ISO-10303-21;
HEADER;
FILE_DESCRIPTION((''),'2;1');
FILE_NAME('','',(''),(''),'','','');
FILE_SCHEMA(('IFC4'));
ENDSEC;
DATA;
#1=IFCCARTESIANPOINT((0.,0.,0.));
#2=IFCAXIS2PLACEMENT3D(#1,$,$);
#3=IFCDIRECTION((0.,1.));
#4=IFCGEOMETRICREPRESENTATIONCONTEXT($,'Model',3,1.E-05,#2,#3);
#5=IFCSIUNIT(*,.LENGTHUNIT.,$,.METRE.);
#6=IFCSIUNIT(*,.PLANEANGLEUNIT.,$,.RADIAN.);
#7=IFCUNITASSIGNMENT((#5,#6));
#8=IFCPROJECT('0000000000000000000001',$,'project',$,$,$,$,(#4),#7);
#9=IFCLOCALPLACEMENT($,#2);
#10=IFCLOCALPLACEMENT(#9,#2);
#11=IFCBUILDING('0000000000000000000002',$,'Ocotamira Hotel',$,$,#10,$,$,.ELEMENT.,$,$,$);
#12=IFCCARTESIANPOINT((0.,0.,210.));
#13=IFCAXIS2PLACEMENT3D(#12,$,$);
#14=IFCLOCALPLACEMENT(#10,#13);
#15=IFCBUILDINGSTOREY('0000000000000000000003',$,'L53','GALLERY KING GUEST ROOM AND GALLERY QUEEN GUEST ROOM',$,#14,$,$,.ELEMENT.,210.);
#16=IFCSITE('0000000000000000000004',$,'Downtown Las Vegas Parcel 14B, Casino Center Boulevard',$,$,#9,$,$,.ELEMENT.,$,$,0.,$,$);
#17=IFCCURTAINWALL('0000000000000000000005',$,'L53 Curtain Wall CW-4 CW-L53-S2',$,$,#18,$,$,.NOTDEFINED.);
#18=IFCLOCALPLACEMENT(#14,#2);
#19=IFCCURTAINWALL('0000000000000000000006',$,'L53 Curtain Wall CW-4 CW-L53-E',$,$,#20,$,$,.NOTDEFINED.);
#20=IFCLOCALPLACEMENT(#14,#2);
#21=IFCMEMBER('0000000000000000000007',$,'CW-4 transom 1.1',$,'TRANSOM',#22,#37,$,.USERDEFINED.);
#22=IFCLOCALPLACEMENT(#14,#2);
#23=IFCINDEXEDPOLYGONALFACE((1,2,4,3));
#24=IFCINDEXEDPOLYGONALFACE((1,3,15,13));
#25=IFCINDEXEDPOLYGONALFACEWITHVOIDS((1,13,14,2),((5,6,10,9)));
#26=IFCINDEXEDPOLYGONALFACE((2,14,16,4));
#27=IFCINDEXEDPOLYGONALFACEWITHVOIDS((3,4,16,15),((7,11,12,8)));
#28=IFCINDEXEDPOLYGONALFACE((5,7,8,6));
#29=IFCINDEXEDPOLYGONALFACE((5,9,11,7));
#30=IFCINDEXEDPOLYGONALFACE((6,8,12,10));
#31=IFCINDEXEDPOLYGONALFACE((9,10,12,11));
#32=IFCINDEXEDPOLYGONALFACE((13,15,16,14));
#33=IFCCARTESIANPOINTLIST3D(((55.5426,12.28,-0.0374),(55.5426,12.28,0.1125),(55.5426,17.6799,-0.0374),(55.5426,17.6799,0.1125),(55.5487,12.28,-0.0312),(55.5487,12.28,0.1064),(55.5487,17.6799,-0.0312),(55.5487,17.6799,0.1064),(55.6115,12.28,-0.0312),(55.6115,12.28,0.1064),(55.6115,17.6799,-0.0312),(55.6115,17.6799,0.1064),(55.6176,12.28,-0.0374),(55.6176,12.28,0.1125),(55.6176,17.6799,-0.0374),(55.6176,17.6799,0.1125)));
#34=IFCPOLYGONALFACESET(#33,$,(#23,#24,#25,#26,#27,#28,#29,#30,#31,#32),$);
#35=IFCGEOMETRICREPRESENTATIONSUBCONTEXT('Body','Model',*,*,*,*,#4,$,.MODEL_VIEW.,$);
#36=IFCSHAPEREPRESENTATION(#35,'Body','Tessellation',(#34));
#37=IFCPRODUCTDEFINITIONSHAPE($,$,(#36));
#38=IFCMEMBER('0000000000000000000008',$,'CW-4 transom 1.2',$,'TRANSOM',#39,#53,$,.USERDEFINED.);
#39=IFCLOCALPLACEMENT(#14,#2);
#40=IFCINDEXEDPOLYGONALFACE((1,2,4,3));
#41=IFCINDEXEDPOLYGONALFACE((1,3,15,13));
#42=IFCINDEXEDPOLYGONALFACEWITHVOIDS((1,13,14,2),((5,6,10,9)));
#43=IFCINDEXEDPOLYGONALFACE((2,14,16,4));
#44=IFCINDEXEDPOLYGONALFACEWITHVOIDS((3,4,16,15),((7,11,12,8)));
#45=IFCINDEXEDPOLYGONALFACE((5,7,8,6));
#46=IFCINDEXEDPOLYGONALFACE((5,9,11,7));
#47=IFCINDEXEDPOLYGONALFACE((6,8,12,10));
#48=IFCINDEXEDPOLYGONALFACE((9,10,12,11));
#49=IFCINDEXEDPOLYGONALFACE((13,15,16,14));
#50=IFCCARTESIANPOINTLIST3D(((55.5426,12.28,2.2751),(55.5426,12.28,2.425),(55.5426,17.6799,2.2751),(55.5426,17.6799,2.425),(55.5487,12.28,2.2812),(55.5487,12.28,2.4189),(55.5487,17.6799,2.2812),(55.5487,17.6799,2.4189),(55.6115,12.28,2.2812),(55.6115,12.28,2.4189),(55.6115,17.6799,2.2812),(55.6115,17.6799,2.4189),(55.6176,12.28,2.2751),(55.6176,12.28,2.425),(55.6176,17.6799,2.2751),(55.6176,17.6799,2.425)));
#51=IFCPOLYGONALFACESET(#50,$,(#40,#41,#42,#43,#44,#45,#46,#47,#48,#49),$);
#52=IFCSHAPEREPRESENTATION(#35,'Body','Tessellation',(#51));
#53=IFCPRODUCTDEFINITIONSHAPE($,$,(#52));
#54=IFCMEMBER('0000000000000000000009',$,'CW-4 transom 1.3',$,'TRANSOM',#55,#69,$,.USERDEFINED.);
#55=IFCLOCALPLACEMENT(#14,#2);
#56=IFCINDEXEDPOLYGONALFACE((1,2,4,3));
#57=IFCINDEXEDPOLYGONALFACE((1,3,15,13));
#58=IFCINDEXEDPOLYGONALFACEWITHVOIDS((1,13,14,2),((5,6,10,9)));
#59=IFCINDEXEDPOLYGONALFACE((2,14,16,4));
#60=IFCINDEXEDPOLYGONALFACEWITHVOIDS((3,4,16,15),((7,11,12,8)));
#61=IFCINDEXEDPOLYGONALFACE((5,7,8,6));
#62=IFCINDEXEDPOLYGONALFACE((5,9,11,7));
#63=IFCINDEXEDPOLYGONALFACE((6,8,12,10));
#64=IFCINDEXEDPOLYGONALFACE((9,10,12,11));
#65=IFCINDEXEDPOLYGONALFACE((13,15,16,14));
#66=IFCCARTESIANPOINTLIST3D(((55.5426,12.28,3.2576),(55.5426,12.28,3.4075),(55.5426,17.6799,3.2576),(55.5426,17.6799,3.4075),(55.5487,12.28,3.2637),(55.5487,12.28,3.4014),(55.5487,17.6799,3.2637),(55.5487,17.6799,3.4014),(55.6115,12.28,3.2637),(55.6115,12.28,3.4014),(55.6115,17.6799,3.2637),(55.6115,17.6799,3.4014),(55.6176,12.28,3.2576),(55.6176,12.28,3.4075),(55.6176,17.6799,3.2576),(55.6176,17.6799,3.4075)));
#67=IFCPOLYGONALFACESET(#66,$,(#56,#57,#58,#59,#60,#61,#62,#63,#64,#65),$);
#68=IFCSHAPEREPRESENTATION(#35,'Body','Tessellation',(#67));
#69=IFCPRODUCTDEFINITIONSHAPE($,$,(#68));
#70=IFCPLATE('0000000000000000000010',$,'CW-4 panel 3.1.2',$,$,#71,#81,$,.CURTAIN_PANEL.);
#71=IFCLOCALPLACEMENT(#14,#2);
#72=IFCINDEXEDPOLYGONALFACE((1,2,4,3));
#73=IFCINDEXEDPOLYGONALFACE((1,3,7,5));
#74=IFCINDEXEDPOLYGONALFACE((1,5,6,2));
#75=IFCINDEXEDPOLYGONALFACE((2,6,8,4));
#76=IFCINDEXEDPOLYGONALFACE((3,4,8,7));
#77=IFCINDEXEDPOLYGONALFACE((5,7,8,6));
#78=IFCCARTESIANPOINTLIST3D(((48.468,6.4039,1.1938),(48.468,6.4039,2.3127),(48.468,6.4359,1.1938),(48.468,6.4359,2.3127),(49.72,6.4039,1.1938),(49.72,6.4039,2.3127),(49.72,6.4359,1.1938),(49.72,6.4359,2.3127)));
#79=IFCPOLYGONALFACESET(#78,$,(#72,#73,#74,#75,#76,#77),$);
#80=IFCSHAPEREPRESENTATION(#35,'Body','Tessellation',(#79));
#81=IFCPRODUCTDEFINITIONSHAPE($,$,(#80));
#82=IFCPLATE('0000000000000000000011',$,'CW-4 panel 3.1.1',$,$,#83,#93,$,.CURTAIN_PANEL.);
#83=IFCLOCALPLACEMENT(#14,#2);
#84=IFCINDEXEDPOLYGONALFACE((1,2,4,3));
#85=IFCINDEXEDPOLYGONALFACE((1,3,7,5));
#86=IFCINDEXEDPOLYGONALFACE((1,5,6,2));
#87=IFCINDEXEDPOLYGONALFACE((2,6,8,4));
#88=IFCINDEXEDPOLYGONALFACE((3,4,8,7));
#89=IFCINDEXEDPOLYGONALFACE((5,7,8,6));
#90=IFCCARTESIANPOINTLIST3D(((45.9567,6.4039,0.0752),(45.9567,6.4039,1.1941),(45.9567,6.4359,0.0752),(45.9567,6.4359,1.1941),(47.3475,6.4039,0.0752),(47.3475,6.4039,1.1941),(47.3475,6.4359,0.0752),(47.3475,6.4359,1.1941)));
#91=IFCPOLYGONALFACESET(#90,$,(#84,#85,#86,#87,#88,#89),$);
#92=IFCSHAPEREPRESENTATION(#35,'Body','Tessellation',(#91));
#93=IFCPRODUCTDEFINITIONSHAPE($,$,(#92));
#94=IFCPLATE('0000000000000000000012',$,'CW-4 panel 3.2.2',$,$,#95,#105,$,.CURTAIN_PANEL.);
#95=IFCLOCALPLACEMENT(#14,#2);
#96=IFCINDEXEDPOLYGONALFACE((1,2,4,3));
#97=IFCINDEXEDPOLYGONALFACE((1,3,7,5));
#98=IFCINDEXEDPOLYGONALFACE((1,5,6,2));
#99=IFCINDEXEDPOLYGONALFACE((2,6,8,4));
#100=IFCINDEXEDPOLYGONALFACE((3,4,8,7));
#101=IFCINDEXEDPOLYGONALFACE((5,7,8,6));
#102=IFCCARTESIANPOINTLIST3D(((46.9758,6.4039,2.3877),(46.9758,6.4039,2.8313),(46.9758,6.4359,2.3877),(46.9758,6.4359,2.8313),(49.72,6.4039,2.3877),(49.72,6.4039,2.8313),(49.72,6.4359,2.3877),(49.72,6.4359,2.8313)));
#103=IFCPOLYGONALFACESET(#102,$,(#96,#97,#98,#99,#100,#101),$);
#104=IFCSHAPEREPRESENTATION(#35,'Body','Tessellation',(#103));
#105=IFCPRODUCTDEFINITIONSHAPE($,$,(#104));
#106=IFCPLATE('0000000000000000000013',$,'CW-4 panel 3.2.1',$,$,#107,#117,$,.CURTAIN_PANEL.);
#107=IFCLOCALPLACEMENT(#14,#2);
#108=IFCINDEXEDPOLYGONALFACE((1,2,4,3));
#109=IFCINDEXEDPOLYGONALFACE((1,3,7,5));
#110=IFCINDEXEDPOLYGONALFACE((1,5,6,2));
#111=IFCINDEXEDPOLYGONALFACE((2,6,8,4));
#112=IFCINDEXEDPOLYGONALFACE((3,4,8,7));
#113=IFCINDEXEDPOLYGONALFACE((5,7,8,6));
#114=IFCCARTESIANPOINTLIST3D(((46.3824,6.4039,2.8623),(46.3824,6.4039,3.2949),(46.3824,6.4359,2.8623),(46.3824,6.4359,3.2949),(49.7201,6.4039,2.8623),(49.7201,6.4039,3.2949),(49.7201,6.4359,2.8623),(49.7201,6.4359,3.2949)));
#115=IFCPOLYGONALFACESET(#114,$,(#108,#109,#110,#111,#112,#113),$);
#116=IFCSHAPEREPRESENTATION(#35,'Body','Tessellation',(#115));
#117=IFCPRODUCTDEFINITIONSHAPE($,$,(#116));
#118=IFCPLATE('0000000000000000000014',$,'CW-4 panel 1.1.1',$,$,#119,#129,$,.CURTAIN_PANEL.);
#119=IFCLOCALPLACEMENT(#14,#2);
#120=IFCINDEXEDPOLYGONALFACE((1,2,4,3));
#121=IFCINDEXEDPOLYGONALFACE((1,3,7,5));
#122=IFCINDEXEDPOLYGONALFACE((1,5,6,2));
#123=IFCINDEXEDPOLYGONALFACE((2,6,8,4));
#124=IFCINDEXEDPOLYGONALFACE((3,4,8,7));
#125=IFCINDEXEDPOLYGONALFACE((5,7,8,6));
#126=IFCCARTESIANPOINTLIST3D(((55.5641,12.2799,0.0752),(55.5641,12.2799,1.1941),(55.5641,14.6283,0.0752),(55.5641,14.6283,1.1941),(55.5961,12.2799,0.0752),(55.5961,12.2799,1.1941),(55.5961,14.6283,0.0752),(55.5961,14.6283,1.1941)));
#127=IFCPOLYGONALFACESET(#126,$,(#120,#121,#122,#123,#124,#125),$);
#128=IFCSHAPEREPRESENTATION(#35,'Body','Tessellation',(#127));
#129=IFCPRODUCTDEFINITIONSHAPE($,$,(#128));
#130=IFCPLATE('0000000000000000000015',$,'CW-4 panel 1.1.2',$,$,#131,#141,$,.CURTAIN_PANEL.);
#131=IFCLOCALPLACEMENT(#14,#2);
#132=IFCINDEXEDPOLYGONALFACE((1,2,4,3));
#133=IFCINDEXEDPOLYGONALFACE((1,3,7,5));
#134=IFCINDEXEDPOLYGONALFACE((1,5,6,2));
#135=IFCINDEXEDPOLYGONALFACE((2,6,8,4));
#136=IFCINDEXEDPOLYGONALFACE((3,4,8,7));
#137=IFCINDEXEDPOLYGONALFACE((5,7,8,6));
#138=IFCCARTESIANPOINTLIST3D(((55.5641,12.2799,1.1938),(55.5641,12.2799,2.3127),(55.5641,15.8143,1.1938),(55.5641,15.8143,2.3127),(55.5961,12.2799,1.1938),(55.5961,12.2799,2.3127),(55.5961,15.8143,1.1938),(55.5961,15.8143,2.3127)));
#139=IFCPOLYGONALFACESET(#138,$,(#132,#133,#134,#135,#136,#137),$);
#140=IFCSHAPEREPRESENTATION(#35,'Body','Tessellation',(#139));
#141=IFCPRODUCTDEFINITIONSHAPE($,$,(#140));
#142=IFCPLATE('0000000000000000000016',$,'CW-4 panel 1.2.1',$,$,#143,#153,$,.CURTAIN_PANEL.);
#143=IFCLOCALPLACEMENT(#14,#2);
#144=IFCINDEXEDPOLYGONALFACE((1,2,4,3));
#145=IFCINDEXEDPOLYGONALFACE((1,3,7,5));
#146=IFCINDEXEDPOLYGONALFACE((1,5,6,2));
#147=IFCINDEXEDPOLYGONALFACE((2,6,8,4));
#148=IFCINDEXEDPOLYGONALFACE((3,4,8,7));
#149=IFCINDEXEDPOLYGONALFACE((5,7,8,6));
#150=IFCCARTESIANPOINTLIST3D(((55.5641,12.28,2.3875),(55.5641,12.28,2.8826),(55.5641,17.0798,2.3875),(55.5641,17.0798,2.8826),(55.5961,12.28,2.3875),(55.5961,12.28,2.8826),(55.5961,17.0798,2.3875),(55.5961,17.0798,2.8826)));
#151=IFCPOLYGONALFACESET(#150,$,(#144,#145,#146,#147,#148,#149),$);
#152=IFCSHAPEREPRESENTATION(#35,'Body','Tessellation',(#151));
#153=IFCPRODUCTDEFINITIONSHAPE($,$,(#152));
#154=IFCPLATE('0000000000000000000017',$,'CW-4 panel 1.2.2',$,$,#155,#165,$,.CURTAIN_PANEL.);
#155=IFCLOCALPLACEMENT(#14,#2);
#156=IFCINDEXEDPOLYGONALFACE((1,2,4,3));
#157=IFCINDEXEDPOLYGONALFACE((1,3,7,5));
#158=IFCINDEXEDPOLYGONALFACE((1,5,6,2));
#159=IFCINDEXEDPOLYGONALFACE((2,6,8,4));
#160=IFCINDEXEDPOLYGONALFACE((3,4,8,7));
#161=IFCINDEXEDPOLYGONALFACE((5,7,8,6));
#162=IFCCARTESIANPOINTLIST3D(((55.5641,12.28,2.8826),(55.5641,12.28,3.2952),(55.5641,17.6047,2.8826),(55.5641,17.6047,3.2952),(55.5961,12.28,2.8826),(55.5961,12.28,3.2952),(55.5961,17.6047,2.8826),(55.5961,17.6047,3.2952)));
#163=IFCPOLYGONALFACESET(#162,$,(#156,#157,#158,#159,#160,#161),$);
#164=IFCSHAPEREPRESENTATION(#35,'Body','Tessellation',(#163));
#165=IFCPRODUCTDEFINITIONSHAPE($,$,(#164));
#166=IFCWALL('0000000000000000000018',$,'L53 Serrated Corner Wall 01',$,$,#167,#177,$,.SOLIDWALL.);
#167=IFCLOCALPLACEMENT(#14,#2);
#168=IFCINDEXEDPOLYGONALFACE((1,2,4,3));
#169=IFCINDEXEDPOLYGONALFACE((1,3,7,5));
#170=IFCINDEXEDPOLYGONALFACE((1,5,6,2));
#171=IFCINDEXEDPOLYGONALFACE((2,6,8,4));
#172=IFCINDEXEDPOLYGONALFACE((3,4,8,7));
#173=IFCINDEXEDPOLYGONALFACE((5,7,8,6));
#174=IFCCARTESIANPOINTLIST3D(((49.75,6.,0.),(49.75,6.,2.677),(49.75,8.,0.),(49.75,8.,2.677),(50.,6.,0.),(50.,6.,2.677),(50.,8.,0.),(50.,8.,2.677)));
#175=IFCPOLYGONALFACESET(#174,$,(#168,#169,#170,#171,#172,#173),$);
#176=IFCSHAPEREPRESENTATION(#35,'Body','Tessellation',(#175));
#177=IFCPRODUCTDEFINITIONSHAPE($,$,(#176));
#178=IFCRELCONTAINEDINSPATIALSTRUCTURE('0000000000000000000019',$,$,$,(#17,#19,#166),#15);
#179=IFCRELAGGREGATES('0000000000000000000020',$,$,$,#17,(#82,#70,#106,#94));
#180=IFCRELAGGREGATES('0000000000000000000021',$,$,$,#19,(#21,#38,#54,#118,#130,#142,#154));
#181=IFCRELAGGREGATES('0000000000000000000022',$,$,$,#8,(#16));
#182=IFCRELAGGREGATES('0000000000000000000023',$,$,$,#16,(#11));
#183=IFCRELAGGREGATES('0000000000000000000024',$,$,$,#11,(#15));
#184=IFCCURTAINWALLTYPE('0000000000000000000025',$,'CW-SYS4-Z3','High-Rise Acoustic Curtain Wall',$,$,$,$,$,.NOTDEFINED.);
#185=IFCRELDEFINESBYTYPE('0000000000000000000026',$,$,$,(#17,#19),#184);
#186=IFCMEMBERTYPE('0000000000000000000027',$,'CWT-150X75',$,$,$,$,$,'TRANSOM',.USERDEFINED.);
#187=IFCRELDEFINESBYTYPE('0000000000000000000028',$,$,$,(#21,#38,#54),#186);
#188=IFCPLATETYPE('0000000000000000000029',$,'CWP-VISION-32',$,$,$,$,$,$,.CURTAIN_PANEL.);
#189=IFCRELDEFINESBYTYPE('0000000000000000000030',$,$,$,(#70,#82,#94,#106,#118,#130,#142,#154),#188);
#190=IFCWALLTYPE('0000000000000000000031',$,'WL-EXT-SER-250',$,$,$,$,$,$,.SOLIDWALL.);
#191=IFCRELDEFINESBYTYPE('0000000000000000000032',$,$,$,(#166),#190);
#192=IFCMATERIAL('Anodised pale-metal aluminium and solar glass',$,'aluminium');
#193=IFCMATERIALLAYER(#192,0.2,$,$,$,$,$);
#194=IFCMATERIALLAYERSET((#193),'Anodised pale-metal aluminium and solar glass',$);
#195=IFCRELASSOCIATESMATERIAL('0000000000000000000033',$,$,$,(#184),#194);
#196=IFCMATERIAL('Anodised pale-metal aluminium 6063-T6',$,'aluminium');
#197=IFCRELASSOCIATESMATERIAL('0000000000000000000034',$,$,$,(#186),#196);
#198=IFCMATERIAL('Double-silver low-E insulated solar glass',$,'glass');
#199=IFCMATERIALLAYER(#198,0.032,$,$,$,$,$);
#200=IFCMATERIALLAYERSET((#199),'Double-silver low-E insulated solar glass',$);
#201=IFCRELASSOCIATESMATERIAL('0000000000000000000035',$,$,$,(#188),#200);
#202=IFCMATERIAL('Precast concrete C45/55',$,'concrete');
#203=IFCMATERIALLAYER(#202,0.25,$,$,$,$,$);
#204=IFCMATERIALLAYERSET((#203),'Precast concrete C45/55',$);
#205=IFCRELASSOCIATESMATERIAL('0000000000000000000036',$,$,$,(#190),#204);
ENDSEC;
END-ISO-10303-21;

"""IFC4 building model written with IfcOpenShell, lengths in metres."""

from ifc_helpers import new_model, si_unit, direction, frame, frame_2d, origin, origin_2d, place, context, subcontext, project, spatial, rectangle, hollow_rectangle, extrude, source, transform, mapped, material, layer, layer_set, material_profile, profile_set, type_object, element, aggregate, save


model = new_model("IFC4")

# Units and contexts
model_context = context("Model", 3, precision=1e-05, world=origin(), true_north=direction((0.0, 1.0)))
body_context = subcontext(model_context, "Body", "Model", "MODEL_VIEW")
ifc_project = project(units=[si_unit("LENGTHUNIT", "METRE"), si_unit("PLANEANGLEUNIT", "RADIAN")], contexts=[model_context])

# Site, building, storey
site_placement = place(None, origin())
site = spatial("IfcSite", under=ifc_project, at=site_placement, Name="Downtown Las Vegas Parcel 14B, Casino Center Boulevard", CompositionType="ELEMENT", RefElevation=0.0)
building_placement = place(site_placement, origin())
building = spatial("IfcBuilding", under=site, at=building_placement, Name="Ocotamira Hotel", CompositionType="ELEMENT")
storey_placement = place(building_placement, frame((0.0, 0.0, 210.0)))
storey = spatial("IfcBuildingStorey", under=building, at=storey_placement, Name="L53", Description="GALLERY KING GUEST ROOM AND GALLERY QUEEN GUEST ROOM", CompositionType="ELEMENT", Elevation=210.0)

# Curtain wall
ifc_material_1 = material(Name="Anodised pale-metal aluminium and solar glass", Category="aluminium")
ifc_layer_1 = layer(ifc_material_1, 0.2)
ifc_layer_set_1 = layer_set([ifc_layer_1], Name="Anodised pale-metal aluminium and solar glass")
curtain_wall_type = type_object("IfcCurtainWallType", Name="CW-SYS4-Z3", Description="High-Rise Acoustic Curtain Wall", PredefinedType="NOTDEFINED", material=ifc_layer_set_1)
curtain_wall_1_placement = place(storey_placement, origin())
curtain_wall_1 = element("IfcCurtainWall", 1, at=curtain_wall_1_placement, inside=storey, type_object=curtain_wall_type, Name="L53 Curtain Wall CW-4 CW-L53-S2", PredefinedType="NOTDEFINED")
ifc_material_2 = material(Name="Anodised pale-metal aluminium 6063-T6", Category="aluminium")

# Curtain wall, members
curtain_wall_2_placement = place(storey_placement, origin())
curtain_wall_2 = element("IfcCurtainWall", 2, at=curtain_wall_2_placement, inside=storey, type_object=curtain_wall_type, Name="L53 Curtain Wall CW-4 CW-L53-E", PredefinedType="NOTDEFINED")
ifc_material_profile_1 = material_profile(ifc_material_2, hollow_rectangle(XDim=0.075, YDim=0.1499, WallThickness=0.0061, at=origin_2d()), Name="HSS150X75X6")
ifc_profile_set_1 = profile_set([ifc_material_profile_1], Name="Anodised pale-metal aluminium 6063-T6")
member_type_1 = type_object("IfcMemberType", Name="CWT-150X75", ElementType="TRANSOM", PredefinedType="USERDEFINED", material=ifc_profile_set_1)
shared_shape_1 = source(origin(), body_context, "Body", "SweptSolid", [
    extrude(hollow_rectangle(XDim=0.075, YDim=0.1499, WallThickness=0.0061, at=origin_2d()), origin(), (0.0, 0.0, 1.0), 5.3999),
])
member_1_placement = place(storey_placement, frame((55.5801, 12.28, 0.0376), z_axis=(0.0, 1.0, 0.0), x_axis=(-1.0, 0.0, 0.0)))
member_1 = element("IfcMember", 3, at=member_1_placement, type_object=member_type_1, Name="CW-4 transom 1.1", ObjectType="TRANSOM", PredefinedType="USERDEFINED", context=body_context, shape_type="MappedRepresentation", body=[
    mapped(shared_shape_1, transform((0.0, 0.0, 0.0), scale=1.0)),
])
member_2_placement = place(storey_placement, frame((55.5801, 12.28, 2.3501), z_axis=(0.0, 1.0, 0.0), x_axis=(-1.0, 0.0, 0.0)))
member_2 = element("IfcMember", 4, at=member_2_placement, type_object=member_type_1, Name="CW-4 transom 1.2", ObjectType="TRANSOM", PredefinedType="USERDEFINED", context=body_context, shape_type="MappedRepresentation", body=[
    mapped(shared_shape_1, transform((0.0, 0.0, 0.0), scale=1.0)),
])
member_3_placement = place(storey_placement, frame((55.5801, 12.28, 3.3325), z_axis=(0.0, 1.0, 0.0), x_axis=(-1.0, 0.0, 0.0)))
member_3 = element("IfcMember", 5, at=member_3_placement, type_object=member_type_1, Name="CW-4 transom 1.3", ObjectType="TRANSOM", PredefinedType="USERDEFINED", context=body_context, shape_type="MappedRepresentation", body=[
    mapped(shared_shape_1, transform((0.0, 0.0, 0.0), scale=1.0)),
])

# Plates
ifc_material_3 = material(Name="Double-silver low-E insulated solar glass", Category="glass")
ifc_layer_2 = layer(ifc_material_3, 0.032)
ifc_layer_set_2 = layer_set([ifc_layer_2], Name="Double-silver low-E insulated solar glass")
plate_type = type_object("IfcPlateType", Name="CWP-VISION-32", PredefinedType="CURTAIN_PANEL", material=ifc_layer_set_2)
shared_shape_2 = source(origin(), body_context, "Body", "SweptSolid", [
    extrude(rectangle(XDim=1.252, YDim=0.032, at=origin_2d()), origin(), (0.0, 0.0, 1.0), 1.1189),
])
plate_1_placement = place(storey_placement, frame((49.094, 6.4199, 1.1938), z_axis=(0.0, 0.0, 1.0), x_axis=(1.0, 0.0, 0.0)))
plate_1 = element("IfcPlate", 6, at=plate_1_placement, type_object=plate_type, Name="CW-4 panel 3.1.2", PredefinedType="CURTAIN_PANEL", context=body_context, shape_type="MappedRepresentation", body=[
    mapped(shared_shape_2, transform((0.0, 0.0, 0.0), scale=1.0)),
])
shared_shape_3 = source(origin(), body_context, "Body", "SweptSolid", [
    extrude(rectangle(XDim=1.3909, YDim=0.032, at=origin_2d()), origin(), (0.0, 0.0, 1.0), 1.1189),
])
plate_2_placement = place(storey_placement, frame((46.6521, 6.4199, 0.0752), z_axis=(0.0, 0.0, 1.0), x_axis=(1.0, 0.0, 0.0)))
plate_2 = element("IfcPlate", 7, at=plate_2_placement, type_object=plate_type, Name="CW-4 panel 3.1.1", PredefinedType="CURTAIN_PANEL", context=body_context, shape_type="MappedRepresentation", body=[
    mapped(shared_shape_3, transform((0.0, 0.0, 0.0), scale=1.0)),
])
shared_shape_4 = source(origin(), body_context, "Body", "SweptSolid", [
    extrude(rectangle(XDim=2.7441, YDim=0.032, at=origin_2d()), origin(), (0.0, 0.0, 1.0), 0.4436),
])
plate_3_placement = place(storey_placement, frame((48.3479, 6.4199, 2.3877), z_axis=(0.0, 0.0, 1.0), x_axis=(1.0, 0.0, 0.0)))
plate_3 = element("IfcPlate", 8, at=plate_3_placement, type_object=plate_type, Name="CW-4 panel 3.2.2", PredefinedType="CURTAIN_PANEL", context=body_context, shape_type="MappedRepresentation", body=[
    mapped(shared_shape_4, transform((0.0, 0.0, 0.0), scale=1.0)),
])
shared_shape_5 = source(origin(), body_context, "Body", "SweptSolid", [
    extrude(rectangle(XDim=3.3376, YDim=0.032, at=origin_2d()), origin(), (0.0, 0.0, 1.0), 0.4326),
])
plate_4_placement = place(storey_placement, frame((48.0513, 6.4199, 2.8623), z_axis=(0.0, 0.0, 1.0), x_axis=(1.0, 0.0, 0.0)))
plate_4 = element("IfcPlate", 9, at=plate_4_placement, type_object=plate_type, Name="CW-4 panel 3.2.1", PredefinedType="CURTAIN_PANEL", context=body_context, shape_type="MappedRepresentation", body=[
    mapped(shared_shape_5, transform((0.0, 0.0, 0.0), scale=1.0)),
])
aggregate(curtain_wall_1, [plate_2, plate_1, plate_4, plate_3])
shared_shape_6 = source(origin(), body_context, "Body", "SweptSolid", [
    extrude(rectangle(XDim=2.3484, YDim=0.032, at=origin_2d()), origin(), (0.0, 0.0, 1.0), 1.1189),
])
plate_5_placement = place(storey_placement, frame((55.5801, 13.4541, 0.0752), z_axis=(0.0, 0.0, 1.0), x_axis=(0.0, 1.0, 0.0)))
plate_5 = element("IfcPlate", 10, at=plate_5_placement, type_object=plate_type, Name="CW-4 panel 1.1.1", PredefinedType="CURTAIN_PANEL", context=body_context, shape_type="MappedRepresentation", body=[
    mapped(shared_shape_6, transform((0.0, 0.0, 0.0), scale=1.0)),
])
shared_shape_7 = source(origin(), body_context, "Body", "SweptSolid", [
    extrude(rectangle(XDim=3.5344, YDim=0.032, at=origin_2d()), origin(), (0.0, 0.0, 1.0), 1.1189),
])
plate_6_placement = place(storey_placement, frame((55.5801, 14.0471, 1.1938), z_axis=(0.0, 0.0, 1.0), x_axis=(0.0, 1.0, 0.0)))
plate_6 = element("IfcPlate", 11, at=plate_6_placement, type_object=plate_type, Name="CW-4 panel 1.1.2", PredefinedType="CURTAIN_PANEL", context=body_context, shape_type="MappedRepresentation", body=[
    mapped(shared_shape_7, transform((0.0, 0.0, 0.0), scale=1.0)),
])
shared_shape_8 = source(origin(), body_context, "Body", "SweptSolid", [
    extrude(rectangle(XDim=4.7998, YDim=0.032, at=origin_2d()), origin(), (0.0, 0.0, 1.0), 0.4951),
])
plate_7_placement = place(storey_placement, frame((55.5801, 14.6799, 2.3875), z_axis=(0.0, 0.0, 1.0), x_axis=(0.0, 1.0, 0.0)))
plate_7 = element("IfcPlate", 12, at=plate_7_placement, type_object=plate_type, Name="CW-4 panel 1.2.1", PredefinedType="CURTAIN_PANEL", context=body_context, shape_type="MappedRepresentation", body=[
    mapped(shared_shape_8, transform((0.0, 0.0, 0.0), scale=1.0)),
])
shared_shape_9 = source(origin(), body_context, "Body", "SweptSolid", [
    extrude(rectangle(XDim=5.3247, YDim=0.032, at=origin_2d()), origin(), (0.0, 0.0, 1.0), 0.4126),
])
plate_8_placement = place(storey_placement, frame((55.5801, 14.9424, 2.8826), z_axis=(0.0, 0.0, 1.0), x_axis=(0.0, 1.0, 0.0)))
plate_8 = element("IfcPlate", 13, at=plate_8_placement, type_object=plate_type, Name="CW-4 panel 1.2.2", PredefinedType="CURTAIN_PANEL", context=body_context, shape_type="MappedRepresentation", body=[
    mapped(shared_shape_9, transform((0.0, 0.0, 0.0), scale=1.0)),
])
aggregate(curtain_wall_2, [member_1, member_2, member_3, plate_5, plate_6, plate_7, plate_8])

# Wall
ifc_material_4 = material(Name="Precast concrete C45/55", Category="concrete")
ifc_layer_3 = layer(ifc_material_4, 0.25)
ifc_layer_set_3 = layer_set([ifc_layer_3], Name="Precast concrete C45/55")
wall_type_1 = type_object("IfcWallType", Name="WL-EXT-SER-250", PredefinedType="SOLIDWALL", material=ifc_layer_set_3)
wall_1_placement = place(storey_placement, frame((49.875, 6.0, 0.0), z_axis=(0.0, 0.0, 1.0), x_axis=(0.0, 1.0, 0.0)))
element("IfcWall", 14, at=wall_1_placement, inside=storey, type_object=wall_type_1, Name="L53 Serrated Corner Wall 01", PredefinedType="SOLIDWALL", context=body_context, shape_type="SweptSolid", body=[
    extrude(rectangle(XDim=2.0, YDim=0.25, at=frame_2d((1.0, 0.0))), origin(), (0.0, 0.0, 1.0), 2.677),
])

save(model, "model.ifc")
